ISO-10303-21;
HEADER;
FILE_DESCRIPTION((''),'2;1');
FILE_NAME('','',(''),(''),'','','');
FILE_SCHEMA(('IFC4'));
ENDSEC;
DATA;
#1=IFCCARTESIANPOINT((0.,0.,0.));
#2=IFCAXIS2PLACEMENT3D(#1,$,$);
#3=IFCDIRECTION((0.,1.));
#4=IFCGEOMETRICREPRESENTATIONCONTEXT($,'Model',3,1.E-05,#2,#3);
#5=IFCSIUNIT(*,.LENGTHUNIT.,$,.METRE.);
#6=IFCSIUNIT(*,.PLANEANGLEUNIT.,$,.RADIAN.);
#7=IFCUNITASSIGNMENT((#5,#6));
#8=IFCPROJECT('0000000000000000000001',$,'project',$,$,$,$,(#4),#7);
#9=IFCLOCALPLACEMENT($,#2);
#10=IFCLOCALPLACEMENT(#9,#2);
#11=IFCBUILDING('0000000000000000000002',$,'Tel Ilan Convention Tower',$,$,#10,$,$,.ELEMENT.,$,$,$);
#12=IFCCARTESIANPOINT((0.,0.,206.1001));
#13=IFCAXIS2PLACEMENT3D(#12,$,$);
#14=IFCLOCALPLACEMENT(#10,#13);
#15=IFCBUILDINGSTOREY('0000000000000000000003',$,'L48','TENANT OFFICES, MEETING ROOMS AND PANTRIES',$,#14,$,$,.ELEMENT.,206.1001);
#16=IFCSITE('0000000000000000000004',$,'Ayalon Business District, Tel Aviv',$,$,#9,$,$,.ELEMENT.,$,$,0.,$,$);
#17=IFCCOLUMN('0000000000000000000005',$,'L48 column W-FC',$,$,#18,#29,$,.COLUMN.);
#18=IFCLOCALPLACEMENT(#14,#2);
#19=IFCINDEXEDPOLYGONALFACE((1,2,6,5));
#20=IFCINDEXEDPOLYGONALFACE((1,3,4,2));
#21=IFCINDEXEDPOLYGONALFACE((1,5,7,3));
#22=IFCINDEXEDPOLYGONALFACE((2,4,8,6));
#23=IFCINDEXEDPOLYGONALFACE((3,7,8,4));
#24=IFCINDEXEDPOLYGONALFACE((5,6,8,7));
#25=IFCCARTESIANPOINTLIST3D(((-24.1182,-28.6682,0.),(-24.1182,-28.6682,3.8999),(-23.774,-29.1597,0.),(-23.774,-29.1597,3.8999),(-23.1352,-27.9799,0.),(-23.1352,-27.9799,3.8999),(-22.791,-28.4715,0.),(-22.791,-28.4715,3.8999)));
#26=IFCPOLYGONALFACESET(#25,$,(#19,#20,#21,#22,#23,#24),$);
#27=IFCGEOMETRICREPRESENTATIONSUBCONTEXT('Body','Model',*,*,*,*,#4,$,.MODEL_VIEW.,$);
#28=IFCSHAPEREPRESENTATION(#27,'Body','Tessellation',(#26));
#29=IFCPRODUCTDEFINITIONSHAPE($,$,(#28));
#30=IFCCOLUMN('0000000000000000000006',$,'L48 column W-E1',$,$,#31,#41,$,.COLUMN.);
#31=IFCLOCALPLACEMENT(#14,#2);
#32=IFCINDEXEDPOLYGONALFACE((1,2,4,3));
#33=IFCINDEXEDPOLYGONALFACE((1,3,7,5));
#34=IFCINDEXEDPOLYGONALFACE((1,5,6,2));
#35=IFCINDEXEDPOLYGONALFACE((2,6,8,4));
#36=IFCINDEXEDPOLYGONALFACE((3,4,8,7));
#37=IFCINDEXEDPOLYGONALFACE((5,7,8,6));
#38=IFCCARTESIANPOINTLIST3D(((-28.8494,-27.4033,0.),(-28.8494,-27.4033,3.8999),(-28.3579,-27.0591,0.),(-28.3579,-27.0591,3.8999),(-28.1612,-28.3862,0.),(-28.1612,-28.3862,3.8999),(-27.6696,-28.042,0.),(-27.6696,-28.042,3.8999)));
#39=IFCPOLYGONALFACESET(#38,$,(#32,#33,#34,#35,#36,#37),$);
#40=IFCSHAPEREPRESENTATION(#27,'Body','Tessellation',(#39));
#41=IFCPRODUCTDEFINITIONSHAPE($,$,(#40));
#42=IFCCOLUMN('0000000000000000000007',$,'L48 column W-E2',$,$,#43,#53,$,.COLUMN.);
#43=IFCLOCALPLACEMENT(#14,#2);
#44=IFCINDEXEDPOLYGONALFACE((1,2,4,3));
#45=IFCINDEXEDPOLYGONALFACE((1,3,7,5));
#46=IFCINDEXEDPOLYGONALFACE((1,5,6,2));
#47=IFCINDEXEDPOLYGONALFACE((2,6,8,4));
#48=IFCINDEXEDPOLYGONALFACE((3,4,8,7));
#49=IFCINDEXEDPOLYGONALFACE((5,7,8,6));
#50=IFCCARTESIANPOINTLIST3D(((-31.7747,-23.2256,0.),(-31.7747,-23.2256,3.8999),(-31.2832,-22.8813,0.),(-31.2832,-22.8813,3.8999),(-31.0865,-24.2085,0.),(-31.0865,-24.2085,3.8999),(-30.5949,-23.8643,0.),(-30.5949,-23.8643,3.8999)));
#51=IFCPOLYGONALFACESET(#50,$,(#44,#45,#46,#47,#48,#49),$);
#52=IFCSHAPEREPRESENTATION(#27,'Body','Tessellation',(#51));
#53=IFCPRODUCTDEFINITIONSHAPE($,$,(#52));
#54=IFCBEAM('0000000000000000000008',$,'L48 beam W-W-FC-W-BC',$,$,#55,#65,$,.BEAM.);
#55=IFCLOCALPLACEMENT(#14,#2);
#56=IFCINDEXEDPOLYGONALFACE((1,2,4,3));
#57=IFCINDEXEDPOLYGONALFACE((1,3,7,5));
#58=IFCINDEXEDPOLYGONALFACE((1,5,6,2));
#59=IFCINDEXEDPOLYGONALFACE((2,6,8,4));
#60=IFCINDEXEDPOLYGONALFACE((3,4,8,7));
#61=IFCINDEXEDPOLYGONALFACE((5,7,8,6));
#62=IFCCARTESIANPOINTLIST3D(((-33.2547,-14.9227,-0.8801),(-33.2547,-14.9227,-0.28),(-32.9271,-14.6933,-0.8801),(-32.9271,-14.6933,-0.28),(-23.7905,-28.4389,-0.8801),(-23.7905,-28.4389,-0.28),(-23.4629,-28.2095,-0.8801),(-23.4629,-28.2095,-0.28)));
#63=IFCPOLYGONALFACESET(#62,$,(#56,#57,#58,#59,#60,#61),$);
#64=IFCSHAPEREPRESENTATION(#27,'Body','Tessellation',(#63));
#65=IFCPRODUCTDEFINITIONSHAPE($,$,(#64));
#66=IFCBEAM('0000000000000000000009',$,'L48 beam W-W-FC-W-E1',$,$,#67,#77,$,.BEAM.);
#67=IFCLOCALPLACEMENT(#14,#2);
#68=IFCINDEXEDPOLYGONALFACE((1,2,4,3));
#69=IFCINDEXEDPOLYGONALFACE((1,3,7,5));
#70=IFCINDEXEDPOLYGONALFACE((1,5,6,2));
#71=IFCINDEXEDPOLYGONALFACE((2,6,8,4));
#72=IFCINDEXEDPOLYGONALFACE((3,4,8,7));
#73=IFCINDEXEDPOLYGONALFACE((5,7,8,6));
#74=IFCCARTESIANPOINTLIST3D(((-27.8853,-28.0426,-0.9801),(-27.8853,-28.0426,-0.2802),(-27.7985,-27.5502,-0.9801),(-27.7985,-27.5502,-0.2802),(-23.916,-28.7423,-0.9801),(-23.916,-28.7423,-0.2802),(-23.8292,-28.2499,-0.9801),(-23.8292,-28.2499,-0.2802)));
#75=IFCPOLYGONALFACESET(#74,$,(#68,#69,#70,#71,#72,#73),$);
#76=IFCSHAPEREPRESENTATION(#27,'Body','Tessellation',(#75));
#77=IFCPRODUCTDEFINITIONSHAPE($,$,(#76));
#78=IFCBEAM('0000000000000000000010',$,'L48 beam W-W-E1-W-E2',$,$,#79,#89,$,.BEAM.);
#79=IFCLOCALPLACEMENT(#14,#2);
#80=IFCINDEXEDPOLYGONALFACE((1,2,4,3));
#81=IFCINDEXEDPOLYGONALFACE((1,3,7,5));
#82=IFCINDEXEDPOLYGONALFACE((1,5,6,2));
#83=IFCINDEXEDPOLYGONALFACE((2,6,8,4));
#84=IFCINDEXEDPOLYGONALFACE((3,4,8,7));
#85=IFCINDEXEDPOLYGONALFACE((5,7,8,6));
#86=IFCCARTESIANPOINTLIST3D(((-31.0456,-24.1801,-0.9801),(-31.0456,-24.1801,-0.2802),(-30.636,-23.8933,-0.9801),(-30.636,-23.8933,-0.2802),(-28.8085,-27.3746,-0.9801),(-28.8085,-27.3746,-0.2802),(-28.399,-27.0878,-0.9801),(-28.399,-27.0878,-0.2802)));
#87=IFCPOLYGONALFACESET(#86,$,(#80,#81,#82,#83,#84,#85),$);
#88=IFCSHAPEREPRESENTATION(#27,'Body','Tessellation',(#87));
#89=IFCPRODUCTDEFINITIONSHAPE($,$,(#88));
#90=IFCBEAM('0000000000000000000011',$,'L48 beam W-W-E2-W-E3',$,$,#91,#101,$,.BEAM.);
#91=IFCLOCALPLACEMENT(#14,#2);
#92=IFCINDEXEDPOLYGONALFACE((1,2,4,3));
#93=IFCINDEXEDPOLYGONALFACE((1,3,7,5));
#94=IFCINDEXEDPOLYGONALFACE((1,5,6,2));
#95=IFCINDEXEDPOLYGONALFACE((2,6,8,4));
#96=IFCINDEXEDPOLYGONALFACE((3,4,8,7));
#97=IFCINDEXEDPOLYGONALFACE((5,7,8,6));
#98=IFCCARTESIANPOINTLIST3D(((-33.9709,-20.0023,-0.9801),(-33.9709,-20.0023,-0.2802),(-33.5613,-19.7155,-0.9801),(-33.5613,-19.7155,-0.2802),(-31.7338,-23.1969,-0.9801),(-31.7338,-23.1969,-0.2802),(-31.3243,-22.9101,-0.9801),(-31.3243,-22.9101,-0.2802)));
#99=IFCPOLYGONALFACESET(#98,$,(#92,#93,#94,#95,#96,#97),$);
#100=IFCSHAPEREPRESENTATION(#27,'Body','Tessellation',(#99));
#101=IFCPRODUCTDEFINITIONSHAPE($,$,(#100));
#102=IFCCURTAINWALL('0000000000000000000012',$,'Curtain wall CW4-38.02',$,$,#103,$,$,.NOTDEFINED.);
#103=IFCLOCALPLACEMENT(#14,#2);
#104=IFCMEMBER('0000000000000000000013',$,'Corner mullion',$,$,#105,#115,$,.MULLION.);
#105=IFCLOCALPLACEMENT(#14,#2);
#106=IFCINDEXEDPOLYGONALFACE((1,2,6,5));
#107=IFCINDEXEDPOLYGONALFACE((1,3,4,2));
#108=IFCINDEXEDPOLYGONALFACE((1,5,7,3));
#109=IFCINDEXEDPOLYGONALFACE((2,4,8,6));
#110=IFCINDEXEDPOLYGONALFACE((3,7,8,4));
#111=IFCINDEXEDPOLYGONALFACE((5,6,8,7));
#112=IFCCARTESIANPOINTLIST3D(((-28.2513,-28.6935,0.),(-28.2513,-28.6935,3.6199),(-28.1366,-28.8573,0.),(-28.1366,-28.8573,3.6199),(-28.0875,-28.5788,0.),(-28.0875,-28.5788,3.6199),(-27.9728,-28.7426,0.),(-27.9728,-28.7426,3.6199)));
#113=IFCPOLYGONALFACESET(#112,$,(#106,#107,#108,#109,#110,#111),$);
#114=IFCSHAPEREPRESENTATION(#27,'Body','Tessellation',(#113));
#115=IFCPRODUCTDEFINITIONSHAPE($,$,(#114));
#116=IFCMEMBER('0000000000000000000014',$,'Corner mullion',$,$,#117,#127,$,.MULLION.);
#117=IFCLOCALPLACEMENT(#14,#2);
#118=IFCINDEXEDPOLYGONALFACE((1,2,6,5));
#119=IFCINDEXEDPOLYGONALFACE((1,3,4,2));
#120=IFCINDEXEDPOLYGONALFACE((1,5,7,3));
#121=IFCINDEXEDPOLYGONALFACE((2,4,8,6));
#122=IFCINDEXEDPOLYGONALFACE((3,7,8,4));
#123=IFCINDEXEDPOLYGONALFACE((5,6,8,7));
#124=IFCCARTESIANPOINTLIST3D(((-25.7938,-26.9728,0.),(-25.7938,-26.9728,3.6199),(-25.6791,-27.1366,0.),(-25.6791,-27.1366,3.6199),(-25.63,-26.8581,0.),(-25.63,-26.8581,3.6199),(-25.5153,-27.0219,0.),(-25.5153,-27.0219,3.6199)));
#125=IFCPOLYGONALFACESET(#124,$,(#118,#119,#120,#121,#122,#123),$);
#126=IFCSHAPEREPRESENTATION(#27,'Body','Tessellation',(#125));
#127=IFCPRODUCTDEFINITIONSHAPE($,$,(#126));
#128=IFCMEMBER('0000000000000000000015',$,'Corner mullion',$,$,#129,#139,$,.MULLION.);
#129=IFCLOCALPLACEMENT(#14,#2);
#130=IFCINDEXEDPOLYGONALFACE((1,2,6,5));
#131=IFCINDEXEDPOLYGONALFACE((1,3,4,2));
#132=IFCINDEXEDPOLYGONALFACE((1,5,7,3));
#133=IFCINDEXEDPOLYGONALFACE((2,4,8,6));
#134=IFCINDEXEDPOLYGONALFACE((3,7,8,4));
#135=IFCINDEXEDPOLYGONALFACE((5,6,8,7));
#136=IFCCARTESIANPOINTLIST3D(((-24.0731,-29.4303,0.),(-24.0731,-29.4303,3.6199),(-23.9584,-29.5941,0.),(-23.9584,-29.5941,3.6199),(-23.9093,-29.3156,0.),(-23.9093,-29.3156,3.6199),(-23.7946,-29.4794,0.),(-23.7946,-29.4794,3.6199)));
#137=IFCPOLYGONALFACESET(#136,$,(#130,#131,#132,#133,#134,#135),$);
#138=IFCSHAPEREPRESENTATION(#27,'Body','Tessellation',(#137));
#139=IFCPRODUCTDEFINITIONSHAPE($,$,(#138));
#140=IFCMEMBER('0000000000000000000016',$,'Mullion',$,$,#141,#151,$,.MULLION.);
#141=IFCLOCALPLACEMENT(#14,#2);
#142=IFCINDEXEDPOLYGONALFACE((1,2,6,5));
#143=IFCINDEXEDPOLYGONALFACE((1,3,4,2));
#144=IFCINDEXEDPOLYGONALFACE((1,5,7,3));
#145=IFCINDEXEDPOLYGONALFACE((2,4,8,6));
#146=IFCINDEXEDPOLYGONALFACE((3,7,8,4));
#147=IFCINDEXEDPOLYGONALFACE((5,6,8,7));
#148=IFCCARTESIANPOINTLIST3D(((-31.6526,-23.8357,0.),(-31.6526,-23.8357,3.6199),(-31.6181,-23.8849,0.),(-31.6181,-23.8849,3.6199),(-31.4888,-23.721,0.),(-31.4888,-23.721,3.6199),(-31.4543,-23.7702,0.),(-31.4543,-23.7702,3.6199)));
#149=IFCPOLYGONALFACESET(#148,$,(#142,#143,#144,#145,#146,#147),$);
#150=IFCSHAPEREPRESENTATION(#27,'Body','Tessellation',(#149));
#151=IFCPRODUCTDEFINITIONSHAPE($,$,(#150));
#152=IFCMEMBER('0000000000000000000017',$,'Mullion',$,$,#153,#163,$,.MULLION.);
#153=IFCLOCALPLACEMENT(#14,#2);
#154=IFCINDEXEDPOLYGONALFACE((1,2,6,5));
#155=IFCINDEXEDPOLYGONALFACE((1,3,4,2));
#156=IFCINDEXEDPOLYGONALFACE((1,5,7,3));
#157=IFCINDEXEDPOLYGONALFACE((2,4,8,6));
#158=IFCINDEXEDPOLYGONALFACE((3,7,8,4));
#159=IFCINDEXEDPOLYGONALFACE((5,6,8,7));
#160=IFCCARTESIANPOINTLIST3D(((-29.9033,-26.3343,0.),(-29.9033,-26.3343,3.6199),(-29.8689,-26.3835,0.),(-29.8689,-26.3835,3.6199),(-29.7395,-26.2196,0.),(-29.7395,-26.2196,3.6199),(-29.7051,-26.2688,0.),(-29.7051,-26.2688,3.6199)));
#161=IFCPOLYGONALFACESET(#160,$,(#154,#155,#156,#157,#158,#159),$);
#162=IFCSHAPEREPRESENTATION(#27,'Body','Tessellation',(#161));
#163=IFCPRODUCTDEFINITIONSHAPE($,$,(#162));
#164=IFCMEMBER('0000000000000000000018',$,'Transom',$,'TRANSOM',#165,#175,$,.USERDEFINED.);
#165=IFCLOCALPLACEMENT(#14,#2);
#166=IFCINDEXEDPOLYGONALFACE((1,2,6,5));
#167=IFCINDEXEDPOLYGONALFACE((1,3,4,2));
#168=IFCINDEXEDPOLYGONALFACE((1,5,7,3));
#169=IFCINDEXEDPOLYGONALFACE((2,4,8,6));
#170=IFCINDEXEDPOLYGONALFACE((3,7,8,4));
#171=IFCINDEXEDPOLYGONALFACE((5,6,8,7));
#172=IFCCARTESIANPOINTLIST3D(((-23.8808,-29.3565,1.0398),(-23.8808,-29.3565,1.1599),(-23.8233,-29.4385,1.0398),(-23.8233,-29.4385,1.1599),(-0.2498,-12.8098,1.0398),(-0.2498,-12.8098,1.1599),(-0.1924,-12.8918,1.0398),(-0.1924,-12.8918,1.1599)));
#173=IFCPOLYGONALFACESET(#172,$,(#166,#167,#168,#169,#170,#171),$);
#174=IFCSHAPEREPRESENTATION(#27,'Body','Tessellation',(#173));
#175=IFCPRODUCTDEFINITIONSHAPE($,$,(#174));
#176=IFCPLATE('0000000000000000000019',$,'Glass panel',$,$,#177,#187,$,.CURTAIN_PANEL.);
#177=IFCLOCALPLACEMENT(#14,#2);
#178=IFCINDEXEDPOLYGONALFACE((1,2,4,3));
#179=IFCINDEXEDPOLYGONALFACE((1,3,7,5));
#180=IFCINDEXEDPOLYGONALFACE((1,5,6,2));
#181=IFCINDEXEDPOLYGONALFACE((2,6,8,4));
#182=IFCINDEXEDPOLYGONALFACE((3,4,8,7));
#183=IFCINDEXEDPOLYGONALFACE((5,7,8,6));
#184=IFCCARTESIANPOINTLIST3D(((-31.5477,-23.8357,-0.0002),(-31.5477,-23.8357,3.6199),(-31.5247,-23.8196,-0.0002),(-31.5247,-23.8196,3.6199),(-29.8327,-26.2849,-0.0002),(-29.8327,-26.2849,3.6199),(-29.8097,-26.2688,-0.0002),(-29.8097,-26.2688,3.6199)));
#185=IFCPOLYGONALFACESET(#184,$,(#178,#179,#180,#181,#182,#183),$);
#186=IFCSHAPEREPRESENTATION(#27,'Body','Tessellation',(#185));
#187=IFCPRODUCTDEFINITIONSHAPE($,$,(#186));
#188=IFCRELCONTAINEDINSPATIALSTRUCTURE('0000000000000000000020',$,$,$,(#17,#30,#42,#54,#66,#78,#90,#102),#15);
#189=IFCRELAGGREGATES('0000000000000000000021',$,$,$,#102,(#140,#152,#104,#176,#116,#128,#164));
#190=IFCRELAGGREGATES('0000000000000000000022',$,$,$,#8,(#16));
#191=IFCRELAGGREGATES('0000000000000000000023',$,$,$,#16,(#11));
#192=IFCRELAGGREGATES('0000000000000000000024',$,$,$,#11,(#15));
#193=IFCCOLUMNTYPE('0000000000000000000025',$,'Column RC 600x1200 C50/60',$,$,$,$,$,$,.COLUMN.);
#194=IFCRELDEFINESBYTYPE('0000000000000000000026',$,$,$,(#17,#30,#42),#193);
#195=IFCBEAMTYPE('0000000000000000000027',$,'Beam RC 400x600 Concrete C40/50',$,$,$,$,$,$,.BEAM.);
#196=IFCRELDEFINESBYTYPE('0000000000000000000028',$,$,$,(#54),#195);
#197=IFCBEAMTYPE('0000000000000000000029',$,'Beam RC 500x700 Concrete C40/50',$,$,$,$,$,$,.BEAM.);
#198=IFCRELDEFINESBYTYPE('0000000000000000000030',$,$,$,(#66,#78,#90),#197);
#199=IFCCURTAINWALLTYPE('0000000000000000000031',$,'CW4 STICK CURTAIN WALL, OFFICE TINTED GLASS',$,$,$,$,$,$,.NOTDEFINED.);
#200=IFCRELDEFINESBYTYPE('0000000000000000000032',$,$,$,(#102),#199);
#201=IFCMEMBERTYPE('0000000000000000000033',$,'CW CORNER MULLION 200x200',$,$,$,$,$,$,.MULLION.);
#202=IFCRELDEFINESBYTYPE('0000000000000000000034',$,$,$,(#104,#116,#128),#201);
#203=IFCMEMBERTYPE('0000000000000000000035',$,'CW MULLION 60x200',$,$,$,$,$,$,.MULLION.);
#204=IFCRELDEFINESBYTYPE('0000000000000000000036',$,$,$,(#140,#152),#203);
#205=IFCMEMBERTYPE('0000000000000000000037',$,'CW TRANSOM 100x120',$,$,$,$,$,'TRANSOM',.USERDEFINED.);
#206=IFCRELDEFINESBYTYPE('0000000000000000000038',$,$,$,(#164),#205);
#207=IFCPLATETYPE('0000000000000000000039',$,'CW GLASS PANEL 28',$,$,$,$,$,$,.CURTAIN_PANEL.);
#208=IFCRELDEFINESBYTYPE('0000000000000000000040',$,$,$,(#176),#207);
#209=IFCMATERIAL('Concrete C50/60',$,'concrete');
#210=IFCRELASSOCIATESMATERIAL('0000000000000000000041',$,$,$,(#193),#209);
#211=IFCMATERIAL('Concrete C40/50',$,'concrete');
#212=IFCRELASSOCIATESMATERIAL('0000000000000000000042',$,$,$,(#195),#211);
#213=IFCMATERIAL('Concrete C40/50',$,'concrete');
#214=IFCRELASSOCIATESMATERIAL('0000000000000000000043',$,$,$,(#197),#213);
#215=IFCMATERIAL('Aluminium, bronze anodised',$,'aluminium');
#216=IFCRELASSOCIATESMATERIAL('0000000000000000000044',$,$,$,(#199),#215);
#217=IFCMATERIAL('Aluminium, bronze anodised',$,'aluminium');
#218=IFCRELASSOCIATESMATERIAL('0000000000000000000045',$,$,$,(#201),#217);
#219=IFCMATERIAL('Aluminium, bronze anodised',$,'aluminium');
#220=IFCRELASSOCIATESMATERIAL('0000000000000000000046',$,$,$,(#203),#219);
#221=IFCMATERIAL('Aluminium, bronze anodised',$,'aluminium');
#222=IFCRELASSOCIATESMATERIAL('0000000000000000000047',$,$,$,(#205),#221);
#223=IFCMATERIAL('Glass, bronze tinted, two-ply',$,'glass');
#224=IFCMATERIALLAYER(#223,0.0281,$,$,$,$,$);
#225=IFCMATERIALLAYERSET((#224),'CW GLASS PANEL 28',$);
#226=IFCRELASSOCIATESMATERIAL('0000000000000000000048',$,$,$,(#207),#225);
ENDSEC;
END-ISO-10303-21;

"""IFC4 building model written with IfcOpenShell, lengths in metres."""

from ifc_helpers import new_model, si_unit, direction, frame, origin, origin_2d, place, context, subcontext, project, spatial, rectangle, extrude, material, layer, layer_set, material_profile, profile_set, type_object, element, aggregate, save


model = new_model("IFC4")

# Units and contexts
model_context = context("Model", 3, precision=1e-05, world=origin(), true_north=direction((0.0, 1.0)))
body_context = subcontext(model_context, "Body", "Model", "MODEL_VIEW")
ifc_project = project(units=[si_unit("LENGTHUNIT", "METRE"), si_unit("PLANEANGLEUNIT", "RADIAN")], contexts=[model_context])

# Site, building, storey
site_placement = place(None, origin())
site = spatial("IfcSite", under=ifc_project, at=site_placement, Name="Ayalon Business District, Tel Aviv", CompositionType="ELEMENT", RefElevation=0.0)
building_placement = place(site_placement, origin())
building = spatial("IfcBuilding", under=site, at=building_placement, Name="Tel Ilan Convention Tower", CompositionType="ELEMENT")
storey_placement = place(building_placement, frame((0.0, 0.0, 206.1001)))
storey = spatial("IfcBuildingStorey", under=building, at=storey_placement, Name="L48", Description="TENANT OFFICES, MEETING ROOMS AND PANTRIES", CompositionType="ELEMENT", Elevation=206.1001)

# Columns
ifc_material_1 = material(Name="Concrete C50/60", Category="concrete")
ifc_material_profile_1 = material_profile(ifc_material_1, rectangle(XDim=1.2, YDim=0.6001, at=origin_2d()), Name="RC 600x1200")
ifc_profile_set_1 = profile_set([ifc_material_profile_1], Name="Concrete C50/60")
column_type = type_object("IfcColumnType", Name="Column RC 600x1200 C50/60", PredefinedType="COLUMN", material=ifc_profile_set_1)
for number, where, z_axis, x_axis, name in (
    (1, (-23.4546, -28.5698, 0.0), (0.0, 0.0, 1.0), (-0.819152, -0.573576, 0.0), "L48 column W-FC"),
    (2, (-28.2595, -27.7227, 0.0), (0.0, 0.0, 1.0), (-0.573576, 0.819152, 0.0), "L48 column W-E1"),
    (3, (-31.1848, -23.5449, 0.0), (0.0, 0.0, 1.0), (-0.573576, 0.819152, 0.0), "L48 column W-E2"),
):
    element("IfcColumn", number, at=place(storey_placement, frame(where, z_axis=z_axis, x_axis=x_axis)), inside=storey, type_object=column_type, Name=name, PredefinedType="COLUMN", context=body_context, shape_type="SweptSolid", body=[
        extrude(rectangle(XDim=1.2, YDim=0.6001, at=origin_2d()), origin(), (0.0, 0.0, 1.0), 3.8999),
    ])

# Beams
ifc_material_2 = material(Name="Concrete C40/50", Category="concrete")
ifc_material_profile_2 = material_profile(ifc_material_2, rectangle(XDim=0.3999, YDim=0.6001, at=origin_2d()), Name="RC 400x600")
ifc_profile_set_2 = profile_set([ifc_material_profile_2], Name="Concrete C40/50")
beam_type_1 = type_object("IfcBeamType", Name="Beam RC 400x600 Concrete C40/50", PredefinedType="BEAM", material=ifc_profile_set_2)
beam_1_placement = place(storey_placement, frame((-23.6267, -28.3242, -0.5801), z_axis=(-0.573578, 0.819151, 0.0), x_axis=(-0.819151, -0.573578, 0.0)))
element("IfcBeam", 4, at=beam_1_placement, inside=storey, type_object=beam_type_1, Name="L48 beam W-W-FC-W-BC", PredefinedType="BEAM", context=body_context, shape_type="SweptSolid", body=[
    extrude(rectangle(XDim=0.3999, YDim=0.6001, at=origin_2d()), origin(), (0.0, 0.0, 1.0), 16.5002),
])
ifc_material_3 = material(Name="Concrete C40/50", Category="concrete")
ifc_material_profile_3 = material_profile(ifc_material_3, rectangle(XDim=0.5, YDim=0.7, at=origin_2d()), Name="RC 500x700")
ifc_profile_set_3 = profile_set([ifc_material_profile_3], Name="Concrete C40/50")
beam_type_2 = type_object("IfcBeamType", Name="Beam RC 500x700 Concrete C40/50", PredefinedType="BEAM", material=ifc_profile_set_3)
beam_2_placement = place(storey_placement, frame((-23.8726, -28.4961, -0.6301), z_axis=(-0.984815, 0.173606, 0.0), x_axis=(-0.173606, -0.984815, 0.0)))
element("IfcBeam", 5, at=beam_2_placement, inside=storey, type_object=beam_type_2, Name="L48 beam W-W-FC-W-E1", PredefinedType="BEAM", context=body_context, shape_type="SweptSolid", body=[
    extrude(rectangle(XDim=0.5, YDim=0.7, at=origin_2d()), origin(), (0.0, 0.0, 1.0), 4.0305),
])
for number, where, z_axis, x_axis, name in (
    (6, (-28.6038, -27.2312, -0.6301), (-0.573609, 0.819129, 0.0), (-0.819129, -0.573609, 0.0), "L48 beam W-W-E1-W-E2"),
    (7, (-31.5291, -23.0535, -0.6301), (-0.573609, 0.819129, 0.0), (-0.819129, -0.573609, 0.0), "L48 beam W-W-E2-W-E3"),
):
    element("IfcBeam", number, at=place(storey_placement, frame(where, z_axis=z_axis, x_axis=x_axis)), inside=storey, type_object=beam_type_2, Name=name, PredefinedType="BEAM", context=body_context, shape_type="SweptSolid", body=[
        extrude(rectangle(XDim=0.5, YDim=0.7, at=origin_2d()), origin(), (0.0, 0.0, 1.0), 3.8999),
    ])

# Curtain wall, members, plate
ifc_material_4 = material(Name="Aluminium, bronze anodised", Category="aluminium")
curtain_wall_type = type_object("IfcCurtainWallType", Name="CW4 STICK CURTAIN WALL, OFFICE TINTED GLASS", PredefinedType="NOTDEFINED", material=ifc_material_4)
curtain_wall_placement = place(storey_placement, origin())
curtain_wall = element("IfcCurtainWall", 8, at=curtain_wall_placement, inside=storey, type_object=curtain_wall_type, Name="Curtain wall CW4-38.02", PredefinedType="NOTDEFINED")
ifc_material_5 = material(Name="Aluminium, bronze anodised", Category="aluminium")
ifc_material_profile_4 = material_profile(ifc_material_5, rectangle(XDim=0.2, YDim=0.2, at=origin_2d()), Name="CW CORNER MULLION 200x200")
ifc_profile_set_4 = profile_set([ifc_material_profile_4], Name="Aluminium, bronze anodised")
member_type_1 = type_object("IfcMemberType", Name="CW CORNER MULLION 200x200", PredefinedType="MULLION", material=ifc_profile_set_4)
member_1_placement = place(storey_placement, frame((-28.1121, -28.718, 0.0), z_axis=(0.0, 0.0, 1.0), x_axis=(0.573576, -0.819152, 0.0)))
member_1 = element("IfcMember", 9, at=member_1_placement, type_object=member_type_1, Name="Corner mullion", PredefinedType="MULLION", context=body_context, shape_type="SweptSolid", body=[
    extrude(rectangle(XDim=0.2, YDim=0.2, at=origin_2d()), origin(), (0.0, 0.0, 1.0), 3.6199),
])
member_2_placement = place(storey_placement, frame((-25.6545, -26.9973, 0.0), z_axis=(0.0, 0.0, 1.0), x_axis=(0.819152, 0.573576, 0.0)))
member_2 = element("IfcMember", 10, at=member_2_placement, type_object=member_type_1, Name="Corner mullion", PredefinedType="MULLION", context=body_context, shape_type="SweptSolid", body=[
    extrude(rectangle(XDim=0.2, YDim=0.2, at=origin_2d()), origin(), (0.0, 0.0, 1.0), 3.6199),
])
member_3_placement = place(storey_placement, frame((-23.9338, -29.4548, 0.0), z_axis=(0.0, 0.0, 1.0), x_axis=(0.573576, -0.819152, 0.0)))
member_3 = element("IfcMember", 11, at=member_3_placement, type_object=member_type_1, Name="Corner mullion", PredefinedType="MULLION", context=body_context, shape_type="SweptSolid", body=[
    extrude(rectangle(XDim=0.2, YDim=0.2, at=origin_2d()), origin(), (0.0, 0.0, 1.0), 3.6199),
])
ifc_material_6 = material(Name="Aluminium, bronze anodised", Category="aluminium")
ifc_material_profile_5 = material_profile(ifc_material_6, rectangle(XDim=0.0601, YDim=0.2, at=origin_2d()), Name="CW MULLION 60x200")
ifc_profile_set_5 = profile_set([ifc_material_profile_5], Name="Aluminium, bronze anodised")
member_type_2 = type_object("IfcMemberType", Name="CW MULLION 60x200", PredefinedType="MULLION", material=ifc_profile_set_5)
member_4_placement = place(storey_placement, frame((-31.5535, -23.803, 0.0), z_axis=(0.0, 0.0, 1.0), x_axis=(0.573576, -0.819152, 0.0)))
member_4 = element("IfcMember", 12, at=member_4_placement, type_object=member_type_2, Name="Mullion", PredefinedType="MULLION", context=body_context, shape_type="SweptSolid", body=[
    extrude(rectangle(XDim=0.0601, YDim=0.2, at=origin_2d()), origin(), (0.0, 0.0, 1.0), 3.6199),
])
member_5_placement = place(storey_placement, frame((-29.8042, -26.3015, 0.0), z_axis=(0.0, 0.0, 1.0), x_axis=(0.573576, -0.819152, 0.0)))
member_5 = element("IfcMember", 13, at=member_5_placement, type_object=member_type_2, Name="Mullion", PredefinedType="MULLION", context=body_context, shape_type="SweptSolid", body=[
    extrude(rectangle(XDim=0.0601, YDim=0.2, at=origin_2d()), origin(), (0.0, 0.0, 1.0), 3.6199),
])
ifc_material_7 = material(Name="Aluminium, bronze anodised", Category="aluminium")
ifc_material_profile_6 = material_profile(ifc_material_7, rectangle(XDim=0.1001, YDim=0.1201, at=origin_2d()), Name="CW TRANSOM 100x120")
ifc_profile_set_6 = profile_set([ifc_material_profile_6], Name="Aluminium, bronze anodised")
member_type_3 = type_object("IfcMemberType", Name="CW TRANSOM 100x120", ElementType="TRANSOM", PredefinedType="USERDEFINED", material=ifc_profile_set_6)
member_6_placement = place(storey_placement, frame((-23.8521, -29.3975, 1.0999), z_axis=(0.81915, 0.573579, 0.0), x_axis=(-0.573579, 0.81915, 0.0)))
member_6 = element("IfcMember", 14, at=member_6_placement, type_object=member_type_3, Name="Transom", ObjectType="TRANSOM", PredefinedType="USERDEFINED", context=body_context, shape_type="SweptSolid", body=[
    extrude(rectangle(XDim=0.1001, YDim=0.1201, at=origin_2d()), origin(), (0.0, 0.0, 1.0), 28.8481),
])
ifc_material_8 = material(Name="Glass, bronze tinted, two-ply", Category="glass")
ifc_layer_1 = layer(ifc_material_8, 0.0281)
ifc_layer_set_1 = layer_set([ifc_layer_1], Name="CW GLASS PANEL 28")
plate_type = type_object("IfcPlateType", Name="CW GLASS PANEL 28", PredefinedType="CURTAIN_PANEL", material=ifc_layer_set_1)
plate_1_placement = place(storey_placement, frame((-30.6787, -25.0522, -0.0002), z_axis=(0.0, 0.0, 1.0), x_axis=(0.573576, -0.819152, 0.0)))
plate_1 = element("IfcPlate", 15, at=plate_1_placement, type_object=plate_type, Name="Glass panel", PredefinedType="CURTAIN_PANEL", context=body_context, shape_type="SweptSolid", body=[
    extrude(rectangle(XDim=2.99, YDim=0.0281, at=origin_2d()), origin(), (0.0, 0.0, 1.0), 3.6201),
])
aggregate(curtain_wall, [member_4, member_5, member_1, plate_1, member_2, member_3, member_6])

save(model, "model.ifc")
